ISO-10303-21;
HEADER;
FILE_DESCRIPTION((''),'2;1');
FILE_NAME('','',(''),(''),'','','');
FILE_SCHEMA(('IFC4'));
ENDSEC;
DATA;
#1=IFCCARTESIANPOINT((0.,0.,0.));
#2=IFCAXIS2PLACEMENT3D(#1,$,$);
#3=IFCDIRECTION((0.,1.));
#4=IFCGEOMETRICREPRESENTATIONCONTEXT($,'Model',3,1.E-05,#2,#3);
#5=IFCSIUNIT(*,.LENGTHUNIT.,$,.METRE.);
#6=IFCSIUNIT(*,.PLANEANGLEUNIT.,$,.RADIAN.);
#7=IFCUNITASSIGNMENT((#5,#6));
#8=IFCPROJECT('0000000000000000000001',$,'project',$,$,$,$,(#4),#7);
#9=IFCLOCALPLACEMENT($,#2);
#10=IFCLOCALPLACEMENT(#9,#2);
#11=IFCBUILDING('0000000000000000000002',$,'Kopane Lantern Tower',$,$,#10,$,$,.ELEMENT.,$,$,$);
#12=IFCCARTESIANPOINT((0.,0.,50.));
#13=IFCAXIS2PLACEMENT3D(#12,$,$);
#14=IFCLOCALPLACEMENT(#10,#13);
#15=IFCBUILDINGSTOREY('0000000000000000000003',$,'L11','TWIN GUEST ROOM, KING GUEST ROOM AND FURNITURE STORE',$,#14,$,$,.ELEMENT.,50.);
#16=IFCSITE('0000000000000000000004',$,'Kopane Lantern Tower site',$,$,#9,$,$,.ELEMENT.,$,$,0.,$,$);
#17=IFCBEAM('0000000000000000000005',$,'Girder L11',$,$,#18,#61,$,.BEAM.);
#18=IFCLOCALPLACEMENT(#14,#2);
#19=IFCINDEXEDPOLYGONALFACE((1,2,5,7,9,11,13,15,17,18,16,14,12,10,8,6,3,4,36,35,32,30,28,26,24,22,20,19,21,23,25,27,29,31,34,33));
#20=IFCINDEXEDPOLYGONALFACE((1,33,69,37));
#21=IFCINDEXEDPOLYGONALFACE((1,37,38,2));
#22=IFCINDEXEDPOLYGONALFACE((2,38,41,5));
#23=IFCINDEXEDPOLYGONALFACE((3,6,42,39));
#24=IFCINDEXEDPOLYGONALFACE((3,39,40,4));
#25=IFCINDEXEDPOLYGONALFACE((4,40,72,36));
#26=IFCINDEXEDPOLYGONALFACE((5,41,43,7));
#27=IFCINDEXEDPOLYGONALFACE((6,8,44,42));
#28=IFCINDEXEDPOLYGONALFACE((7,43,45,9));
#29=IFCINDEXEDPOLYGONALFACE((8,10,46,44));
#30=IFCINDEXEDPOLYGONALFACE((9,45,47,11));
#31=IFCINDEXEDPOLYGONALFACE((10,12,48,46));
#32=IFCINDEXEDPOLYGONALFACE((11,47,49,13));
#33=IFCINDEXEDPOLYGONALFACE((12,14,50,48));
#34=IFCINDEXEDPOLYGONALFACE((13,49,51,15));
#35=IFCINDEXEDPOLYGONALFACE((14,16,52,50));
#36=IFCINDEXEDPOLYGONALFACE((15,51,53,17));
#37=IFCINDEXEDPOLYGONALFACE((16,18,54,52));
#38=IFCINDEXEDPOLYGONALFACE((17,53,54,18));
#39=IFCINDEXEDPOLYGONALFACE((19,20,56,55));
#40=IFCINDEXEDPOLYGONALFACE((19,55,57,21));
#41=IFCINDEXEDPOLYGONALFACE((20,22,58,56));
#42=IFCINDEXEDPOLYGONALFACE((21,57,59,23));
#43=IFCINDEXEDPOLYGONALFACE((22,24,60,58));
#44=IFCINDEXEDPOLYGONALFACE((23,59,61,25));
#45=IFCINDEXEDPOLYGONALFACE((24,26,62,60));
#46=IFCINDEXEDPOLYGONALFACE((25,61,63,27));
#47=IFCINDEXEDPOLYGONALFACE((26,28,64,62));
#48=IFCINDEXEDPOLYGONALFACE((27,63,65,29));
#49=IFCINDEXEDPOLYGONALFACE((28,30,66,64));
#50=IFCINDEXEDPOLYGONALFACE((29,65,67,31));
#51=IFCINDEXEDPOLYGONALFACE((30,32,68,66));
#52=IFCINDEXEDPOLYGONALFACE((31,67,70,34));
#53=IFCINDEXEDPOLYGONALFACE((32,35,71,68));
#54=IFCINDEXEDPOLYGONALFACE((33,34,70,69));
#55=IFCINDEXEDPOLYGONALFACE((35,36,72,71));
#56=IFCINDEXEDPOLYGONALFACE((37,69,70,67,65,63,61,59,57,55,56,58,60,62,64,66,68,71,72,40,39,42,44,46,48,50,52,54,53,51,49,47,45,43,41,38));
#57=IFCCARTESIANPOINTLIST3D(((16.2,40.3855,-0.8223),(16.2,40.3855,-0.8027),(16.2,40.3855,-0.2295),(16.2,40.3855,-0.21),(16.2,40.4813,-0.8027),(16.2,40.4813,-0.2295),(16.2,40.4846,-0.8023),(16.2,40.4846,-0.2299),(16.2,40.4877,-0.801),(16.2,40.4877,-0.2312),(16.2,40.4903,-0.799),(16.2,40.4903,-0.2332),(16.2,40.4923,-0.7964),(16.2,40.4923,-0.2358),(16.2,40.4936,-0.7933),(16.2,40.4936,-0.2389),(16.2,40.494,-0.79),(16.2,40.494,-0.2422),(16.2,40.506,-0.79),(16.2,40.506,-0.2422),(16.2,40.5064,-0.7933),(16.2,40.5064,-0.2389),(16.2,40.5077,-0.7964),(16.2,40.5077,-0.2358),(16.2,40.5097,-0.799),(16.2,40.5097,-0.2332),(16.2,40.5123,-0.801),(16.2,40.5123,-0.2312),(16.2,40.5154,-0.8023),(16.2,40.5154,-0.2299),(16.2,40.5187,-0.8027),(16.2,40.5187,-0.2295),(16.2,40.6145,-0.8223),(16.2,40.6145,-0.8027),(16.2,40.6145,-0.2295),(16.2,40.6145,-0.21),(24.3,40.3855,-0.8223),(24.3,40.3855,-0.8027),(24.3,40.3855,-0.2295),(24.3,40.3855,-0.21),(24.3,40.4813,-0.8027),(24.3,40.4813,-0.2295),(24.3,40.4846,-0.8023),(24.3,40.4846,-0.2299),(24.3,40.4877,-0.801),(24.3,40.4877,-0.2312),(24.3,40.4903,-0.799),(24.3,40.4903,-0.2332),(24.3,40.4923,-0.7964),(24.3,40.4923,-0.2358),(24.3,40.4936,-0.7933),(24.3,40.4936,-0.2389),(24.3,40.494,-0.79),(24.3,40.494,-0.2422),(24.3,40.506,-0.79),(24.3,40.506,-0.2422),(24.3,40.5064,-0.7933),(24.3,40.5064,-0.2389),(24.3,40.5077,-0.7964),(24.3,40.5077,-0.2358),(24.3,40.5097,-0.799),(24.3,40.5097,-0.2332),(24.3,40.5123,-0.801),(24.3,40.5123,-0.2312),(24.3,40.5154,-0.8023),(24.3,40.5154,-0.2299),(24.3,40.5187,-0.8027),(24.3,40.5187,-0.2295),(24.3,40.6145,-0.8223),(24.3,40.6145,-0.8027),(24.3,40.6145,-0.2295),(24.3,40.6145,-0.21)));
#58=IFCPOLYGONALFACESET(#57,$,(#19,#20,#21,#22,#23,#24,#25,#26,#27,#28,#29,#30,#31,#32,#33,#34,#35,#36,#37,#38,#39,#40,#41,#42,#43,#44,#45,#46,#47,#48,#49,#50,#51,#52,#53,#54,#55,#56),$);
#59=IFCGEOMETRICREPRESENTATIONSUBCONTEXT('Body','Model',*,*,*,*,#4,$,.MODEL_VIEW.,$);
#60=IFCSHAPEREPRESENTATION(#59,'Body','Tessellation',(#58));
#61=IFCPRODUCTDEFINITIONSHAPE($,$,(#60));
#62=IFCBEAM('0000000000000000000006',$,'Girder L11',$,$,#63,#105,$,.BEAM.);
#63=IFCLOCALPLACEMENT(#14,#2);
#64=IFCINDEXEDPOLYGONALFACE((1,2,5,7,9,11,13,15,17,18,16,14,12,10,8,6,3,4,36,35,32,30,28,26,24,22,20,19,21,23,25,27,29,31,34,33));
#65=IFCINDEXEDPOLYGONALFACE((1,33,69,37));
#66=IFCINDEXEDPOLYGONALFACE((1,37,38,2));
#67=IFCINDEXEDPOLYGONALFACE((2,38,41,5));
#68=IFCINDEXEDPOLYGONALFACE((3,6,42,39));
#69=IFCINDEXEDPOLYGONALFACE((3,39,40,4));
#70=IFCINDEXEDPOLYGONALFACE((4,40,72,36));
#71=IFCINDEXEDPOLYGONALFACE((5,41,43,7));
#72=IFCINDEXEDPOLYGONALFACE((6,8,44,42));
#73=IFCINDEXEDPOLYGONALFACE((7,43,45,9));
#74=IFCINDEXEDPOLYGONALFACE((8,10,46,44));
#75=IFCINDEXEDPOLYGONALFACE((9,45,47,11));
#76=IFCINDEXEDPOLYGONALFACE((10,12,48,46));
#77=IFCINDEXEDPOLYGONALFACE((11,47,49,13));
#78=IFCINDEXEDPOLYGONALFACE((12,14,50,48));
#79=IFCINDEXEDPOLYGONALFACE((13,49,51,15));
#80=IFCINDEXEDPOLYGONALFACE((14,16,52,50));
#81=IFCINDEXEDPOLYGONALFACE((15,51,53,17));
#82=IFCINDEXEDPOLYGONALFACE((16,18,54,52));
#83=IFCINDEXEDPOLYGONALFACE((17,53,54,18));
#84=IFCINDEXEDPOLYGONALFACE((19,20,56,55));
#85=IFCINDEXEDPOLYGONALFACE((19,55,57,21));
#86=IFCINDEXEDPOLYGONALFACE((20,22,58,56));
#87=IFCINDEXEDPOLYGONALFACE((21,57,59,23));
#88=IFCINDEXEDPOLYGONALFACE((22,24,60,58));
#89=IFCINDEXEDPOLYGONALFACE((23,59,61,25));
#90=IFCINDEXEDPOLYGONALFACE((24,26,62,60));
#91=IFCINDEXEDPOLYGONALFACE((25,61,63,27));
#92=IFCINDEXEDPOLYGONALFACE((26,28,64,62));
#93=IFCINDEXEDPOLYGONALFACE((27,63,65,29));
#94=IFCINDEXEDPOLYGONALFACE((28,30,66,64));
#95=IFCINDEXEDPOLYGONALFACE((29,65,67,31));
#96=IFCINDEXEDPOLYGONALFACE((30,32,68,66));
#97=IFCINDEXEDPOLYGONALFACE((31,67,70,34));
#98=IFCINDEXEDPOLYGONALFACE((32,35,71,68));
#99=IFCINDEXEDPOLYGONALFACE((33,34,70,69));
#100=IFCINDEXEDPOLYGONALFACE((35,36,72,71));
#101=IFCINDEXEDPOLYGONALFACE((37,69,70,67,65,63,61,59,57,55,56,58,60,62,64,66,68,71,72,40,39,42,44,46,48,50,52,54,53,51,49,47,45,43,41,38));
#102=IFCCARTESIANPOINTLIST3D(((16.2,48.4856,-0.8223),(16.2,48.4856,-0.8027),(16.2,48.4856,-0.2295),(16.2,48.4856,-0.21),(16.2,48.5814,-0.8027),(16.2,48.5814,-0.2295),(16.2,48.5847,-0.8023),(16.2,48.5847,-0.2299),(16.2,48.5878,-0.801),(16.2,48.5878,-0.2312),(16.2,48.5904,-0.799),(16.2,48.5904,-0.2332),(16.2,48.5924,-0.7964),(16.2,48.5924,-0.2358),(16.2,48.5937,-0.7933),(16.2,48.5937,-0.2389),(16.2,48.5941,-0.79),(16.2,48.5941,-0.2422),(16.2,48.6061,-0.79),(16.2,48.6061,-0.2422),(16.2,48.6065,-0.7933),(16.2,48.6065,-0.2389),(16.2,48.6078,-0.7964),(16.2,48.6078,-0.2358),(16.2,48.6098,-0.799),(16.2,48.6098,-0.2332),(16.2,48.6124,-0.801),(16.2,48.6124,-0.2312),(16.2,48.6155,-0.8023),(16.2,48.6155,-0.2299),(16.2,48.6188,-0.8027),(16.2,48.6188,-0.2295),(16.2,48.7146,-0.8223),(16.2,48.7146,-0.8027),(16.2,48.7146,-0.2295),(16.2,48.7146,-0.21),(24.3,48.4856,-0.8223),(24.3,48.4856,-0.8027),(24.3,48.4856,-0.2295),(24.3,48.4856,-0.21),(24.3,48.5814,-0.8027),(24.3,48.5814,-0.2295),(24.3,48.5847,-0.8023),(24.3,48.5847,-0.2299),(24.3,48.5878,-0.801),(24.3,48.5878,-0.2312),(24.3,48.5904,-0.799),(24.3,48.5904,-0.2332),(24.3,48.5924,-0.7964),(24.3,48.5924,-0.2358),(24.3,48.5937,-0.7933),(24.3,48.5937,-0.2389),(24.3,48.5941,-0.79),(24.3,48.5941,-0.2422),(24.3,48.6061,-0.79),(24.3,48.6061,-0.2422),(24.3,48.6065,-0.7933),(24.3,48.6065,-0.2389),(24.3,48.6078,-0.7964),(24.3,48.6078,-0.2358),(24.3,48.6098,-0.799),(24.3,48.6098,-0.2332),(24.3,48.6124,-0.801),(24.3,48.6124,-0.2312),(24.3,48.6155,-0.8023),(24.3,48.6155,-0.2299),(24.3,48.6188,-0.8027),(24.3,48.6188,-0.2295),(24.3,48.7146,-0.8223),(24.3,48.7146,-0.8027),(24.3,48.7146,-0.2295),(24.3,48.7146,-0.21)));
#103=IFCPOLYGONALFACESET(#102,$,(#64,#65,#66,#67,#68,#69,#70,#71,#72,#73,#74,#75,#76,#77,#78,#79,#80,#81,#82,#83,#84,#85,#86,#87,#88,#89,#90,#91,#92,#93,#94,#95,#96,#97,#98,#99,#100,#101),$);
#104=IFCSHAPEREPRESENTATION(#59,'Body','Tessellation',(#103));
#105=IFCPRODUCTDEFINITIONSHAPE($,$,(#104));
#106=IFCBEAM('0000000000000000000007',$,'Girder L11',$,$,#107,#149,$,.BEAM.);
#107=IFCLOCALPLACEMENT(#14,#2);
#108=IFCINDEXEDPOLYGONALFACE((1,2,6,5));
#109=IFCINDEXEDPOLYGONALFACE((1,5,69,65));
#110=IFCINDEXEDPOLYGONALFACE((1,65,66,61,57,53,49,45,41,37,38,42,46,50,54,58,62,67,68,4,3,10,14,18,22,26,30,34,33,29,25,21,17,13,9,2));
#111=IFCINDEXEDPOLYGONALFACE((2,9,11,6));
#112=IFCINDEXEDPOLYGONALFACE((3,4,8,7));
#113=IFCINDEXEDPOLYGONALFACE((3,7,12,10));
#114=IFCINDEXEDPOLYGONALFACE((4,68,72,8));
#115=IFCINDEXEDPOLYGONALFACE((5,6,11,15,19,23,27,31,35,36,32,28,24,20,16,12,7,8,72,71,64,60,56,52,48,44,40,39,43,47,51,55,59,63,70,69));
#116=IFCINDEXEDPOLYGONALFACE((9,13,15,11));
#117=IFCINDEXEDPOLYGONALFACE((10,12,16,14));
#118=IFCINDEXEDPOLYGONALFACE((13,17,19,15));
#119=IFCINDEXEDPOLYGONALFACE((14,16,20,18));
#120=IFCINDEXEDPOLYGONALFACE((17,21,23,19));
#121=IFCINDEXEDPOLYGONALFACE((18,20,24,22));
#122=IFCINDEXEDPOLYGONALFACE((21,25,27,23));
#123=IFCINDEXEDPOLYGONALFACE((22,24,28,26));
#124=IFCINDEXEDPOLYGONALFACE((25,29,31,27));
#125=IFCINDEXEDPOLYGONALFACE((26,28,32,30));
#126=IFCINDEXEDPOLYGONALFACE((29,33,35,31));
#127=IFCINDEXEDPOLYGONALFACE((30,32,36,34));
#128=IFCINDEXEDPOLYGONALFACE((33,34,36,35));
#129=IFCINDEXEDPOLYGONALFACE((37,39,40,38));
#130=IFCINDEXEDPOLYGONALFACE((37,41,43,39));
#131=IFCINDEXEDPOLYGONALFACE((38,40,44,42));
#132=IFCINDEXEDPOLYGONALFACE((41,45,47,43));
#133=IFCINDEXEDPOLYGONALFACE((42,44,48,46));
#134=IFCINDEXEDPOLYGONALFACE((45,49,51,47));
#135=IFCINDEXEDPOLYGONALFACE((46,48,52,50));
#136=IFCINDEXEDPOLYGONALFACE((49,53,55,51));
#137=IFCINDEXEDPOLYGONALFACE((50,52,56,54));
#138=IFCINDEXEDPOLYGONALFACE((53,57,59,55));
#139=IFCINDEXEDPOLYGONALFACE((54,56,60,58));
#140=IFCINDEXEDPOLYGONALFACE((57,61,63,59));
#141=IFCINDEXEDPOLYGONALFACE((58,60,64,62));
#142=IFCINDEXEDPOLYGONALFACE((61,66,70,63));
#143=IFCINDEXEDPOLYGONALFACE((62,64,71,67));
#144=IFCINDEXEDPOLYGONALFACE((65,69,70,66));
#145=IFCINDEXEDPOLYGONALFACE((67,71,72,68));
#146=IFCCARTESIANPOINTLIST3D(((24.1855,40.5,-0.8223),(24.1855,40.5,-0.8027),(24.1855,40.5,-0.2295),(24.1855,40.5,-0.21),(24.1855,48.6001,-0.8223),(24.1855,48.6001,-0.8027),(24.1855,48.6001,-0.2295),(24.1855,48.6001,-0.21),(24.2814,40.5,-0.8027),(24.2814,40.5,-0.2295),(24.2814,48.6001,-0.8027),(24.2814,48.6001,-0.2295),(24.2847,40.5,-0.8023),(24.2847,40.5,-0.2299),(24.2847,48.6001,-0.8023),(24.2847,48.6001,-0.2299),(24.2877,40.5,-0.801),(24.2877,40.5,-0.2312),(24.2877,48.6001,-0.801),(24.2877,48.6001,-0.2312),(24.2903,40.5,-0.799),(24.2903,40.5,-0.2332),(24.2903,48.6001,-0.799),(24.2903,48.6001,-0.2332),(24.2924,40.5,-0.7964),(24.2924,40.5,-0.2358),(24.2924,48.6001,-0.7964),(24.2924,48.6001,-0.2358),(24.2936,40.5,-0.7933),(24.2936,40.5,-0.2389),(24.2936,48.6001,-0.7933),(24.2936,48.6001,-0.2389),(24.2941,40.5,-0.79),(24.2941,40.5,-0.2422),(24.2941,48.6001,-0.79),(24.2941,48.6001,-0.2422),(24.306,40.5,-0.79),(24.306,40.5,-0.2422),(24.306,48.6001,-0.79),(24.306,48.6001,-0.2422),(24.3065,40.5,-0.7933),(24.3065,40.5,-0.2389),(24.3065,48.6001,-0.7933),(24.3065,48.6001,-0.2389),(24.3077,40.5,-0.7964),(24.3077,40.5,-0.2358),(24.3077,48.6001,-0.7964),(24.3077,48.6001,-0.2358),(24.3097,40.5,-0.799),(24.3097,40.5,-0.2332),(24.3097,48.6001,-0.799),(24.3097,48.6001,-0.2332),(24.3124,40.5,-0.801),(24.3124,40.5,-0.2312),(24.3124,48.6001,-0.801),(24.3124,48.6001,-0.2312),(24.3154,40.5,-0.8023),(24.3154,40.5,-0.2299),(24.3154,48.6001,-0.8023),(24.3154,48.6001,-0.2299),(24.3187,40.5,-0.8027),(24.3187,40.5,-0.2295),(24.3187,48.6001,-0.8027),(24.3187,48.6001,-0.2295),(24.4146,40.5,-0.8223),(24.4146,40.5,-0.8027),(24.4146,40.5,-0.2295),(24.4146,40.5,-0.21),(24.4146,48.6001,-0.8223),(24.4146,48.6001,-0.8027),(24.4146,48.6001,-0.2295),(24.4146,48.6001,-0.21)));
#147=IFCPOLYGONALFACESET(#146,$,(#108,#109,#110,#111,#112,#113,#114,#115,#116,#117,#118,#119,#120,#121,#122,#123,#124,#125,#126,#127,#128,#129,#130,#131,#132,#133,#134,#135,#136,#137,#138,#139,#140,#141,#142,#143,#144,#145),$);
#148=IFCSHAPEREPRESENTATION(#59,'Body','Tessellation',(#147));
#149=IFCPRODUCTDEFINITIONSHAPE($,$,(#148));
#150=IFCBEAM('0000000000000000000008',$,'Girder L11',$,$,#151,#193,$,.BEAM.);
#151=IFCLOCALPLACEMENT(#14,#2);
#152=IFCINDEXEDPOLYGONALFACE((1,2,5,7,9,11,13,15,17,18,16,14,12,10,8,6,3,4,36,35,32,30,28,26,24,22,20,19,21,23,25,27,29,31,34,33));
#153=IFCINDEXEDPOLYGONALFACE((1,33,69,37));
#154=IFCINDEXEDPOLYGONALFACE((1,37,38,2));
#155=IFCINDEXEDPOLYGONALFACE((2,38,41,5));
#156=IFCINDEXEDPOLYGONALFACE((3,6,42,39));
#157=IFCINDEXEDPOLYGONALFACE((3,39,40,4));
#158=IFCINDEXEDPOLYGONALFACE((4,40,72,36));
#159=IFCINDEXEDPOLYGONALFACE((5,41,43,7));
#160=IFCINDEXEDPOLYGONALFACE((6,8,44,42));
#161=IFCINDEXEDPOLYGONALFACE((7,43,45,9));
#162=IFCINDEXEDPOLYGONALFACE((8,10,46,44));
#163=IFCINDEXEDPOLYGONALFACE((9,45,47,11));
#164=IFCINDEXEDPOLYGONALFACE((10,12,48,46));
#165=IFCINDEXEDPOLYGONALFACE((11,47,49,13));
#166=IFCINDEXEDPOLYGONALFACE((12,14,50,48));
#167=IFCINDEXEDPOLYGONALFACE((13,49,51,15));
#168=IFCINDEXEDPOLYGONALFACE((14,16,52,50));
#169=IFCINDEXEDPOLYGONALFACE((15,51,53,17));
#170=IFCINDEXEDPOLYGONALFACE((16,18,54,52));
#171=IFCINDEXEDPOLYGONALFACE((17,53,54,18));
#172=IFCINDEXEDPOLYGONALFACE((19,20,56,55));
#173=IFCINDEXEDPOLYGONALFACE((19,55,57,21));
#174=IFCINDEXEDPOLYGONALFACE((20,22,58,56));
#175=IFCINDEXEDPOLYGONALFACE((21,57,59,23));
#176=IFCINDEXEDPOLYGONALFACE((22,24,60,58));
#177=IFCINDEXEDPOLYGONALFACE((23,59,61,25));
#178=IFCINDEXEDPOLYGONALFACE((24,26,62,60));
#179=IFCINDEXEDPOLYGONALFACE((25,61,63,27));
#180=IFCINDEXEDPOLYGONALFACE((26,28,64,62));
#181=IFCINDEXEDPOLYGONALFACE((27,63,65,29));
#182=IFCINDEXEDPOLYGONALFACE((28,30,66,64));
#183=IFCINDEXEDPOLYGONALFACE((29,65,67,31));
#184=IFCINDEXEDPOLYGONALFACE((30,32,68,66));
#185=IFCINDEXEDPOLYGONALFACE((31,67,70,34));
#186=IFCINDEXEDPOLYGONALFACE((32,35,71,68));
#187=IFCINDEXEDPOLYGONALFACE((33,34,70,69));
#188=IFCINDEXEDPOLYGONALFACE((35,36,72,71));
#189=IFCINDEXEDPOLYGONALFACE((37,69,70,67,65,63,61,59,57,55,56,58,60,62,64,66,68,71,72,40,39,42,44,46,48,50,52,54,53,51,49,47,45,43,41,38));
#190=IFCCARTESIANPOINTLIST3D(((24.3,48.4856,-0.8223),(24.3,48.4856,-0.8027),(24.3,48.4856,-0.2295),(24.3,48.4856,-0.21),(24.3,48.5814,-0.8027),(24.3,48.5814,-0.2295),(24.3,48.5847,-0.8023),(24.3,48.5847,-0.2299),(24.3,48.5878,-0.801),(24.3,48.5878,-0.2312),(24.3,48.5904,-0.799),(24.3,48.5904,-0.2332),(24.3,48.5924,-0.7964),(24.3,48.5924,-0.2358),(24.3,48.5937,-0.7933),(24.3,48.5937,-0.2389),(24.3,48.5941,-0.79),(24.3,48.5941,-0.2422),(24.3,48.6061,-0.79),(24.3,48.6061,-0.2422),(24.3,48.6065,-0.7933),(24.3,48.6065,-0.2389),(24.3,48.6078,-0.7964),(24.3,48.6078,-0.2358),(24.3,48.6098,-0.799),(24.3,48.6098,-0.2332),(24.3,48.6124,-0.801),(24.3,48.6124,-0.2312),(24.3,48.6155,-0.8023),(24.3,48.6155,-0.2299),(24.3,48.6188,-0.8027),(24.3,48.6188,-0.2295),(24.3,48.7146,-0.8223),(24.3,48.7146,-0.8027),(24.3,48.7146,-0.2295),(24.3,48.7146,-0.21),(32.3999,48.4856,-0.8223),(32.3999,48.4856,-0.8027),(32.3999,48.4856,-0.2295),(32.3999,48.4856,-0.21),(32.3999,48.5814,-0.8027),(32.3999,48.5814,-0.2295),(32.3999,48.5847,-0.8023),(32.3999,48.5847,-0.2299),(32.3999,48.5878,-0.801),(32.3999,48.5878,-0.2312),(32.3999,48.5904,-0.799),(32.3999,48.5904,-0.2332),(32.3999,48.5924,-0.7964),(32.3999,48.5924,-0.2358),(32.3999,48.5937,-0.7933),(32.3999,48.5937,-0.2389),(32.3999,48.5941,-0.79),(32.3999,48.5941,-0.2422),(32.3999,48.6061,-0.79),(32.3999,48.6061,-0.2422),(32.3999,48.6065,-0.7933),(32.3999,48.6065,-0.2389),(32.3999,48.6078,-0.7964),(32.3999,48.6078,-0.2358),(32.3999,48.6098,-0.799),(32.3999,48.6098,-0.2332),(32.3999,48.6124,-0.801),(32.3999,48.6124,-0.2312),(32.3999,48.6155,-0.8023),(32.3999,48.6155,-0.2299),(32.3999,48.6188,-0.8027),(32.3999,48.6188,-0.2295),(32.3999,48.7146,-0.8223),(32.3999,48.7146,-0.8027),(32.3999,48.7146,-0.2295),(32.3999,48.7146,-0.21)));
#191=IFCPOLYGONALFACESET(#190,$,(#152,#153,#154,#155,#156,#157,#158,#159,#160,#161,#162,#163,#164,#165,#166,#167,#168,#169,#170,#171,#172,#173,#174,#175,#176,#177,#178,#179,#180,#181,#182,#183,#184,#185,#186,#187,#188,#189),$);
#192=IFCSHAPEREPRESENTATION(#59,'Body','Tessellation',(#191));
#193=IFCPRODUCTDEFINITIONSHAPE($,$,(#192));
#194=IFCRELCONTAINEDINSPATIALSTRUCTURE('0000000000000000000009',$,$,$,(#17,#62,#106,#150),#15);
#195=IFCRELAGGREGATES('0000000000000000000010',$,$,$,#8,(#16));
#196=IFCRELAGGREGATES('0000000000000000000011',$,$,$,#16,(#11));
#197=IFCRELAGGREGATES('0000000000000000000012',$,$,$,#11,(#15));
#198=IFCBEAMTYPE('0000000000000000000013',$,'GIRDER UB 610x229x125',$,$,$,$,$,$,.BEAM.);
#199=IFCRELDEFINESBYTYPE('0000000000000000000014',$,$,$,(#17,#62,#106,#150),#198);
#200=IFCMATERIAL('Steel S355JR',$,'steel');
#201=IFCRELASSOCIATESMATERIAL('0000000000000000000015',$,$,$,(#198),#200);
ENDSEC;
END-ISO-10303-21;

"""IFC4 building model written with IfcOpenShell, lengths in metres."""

from ifc_helpers import new_model, si_unit, direction, frame, origin, origin_2d, place, context, subcontext, project, spatial, i_section, extrude, material, material_profile, profile_set, type_object, element, save


model = new_model("IFC4")

# Units and contexts
model_context = context("Model", 3, precision=1e-05, world=origin(), true_north=direction((0.0, 1.0)))
body_context = subcontext(model_context, "Body", "Model", "MODEL_VIEW")
ifc_project = project(units=[si_unit("LENGTHUNIT", "METRE"), si_unit("PLANEANGLEUNIT", "RADIAN")], contexts=[model_context])

# Site, building, storey
site_placement = place(None, origin())
site = spatial("IfcSite", under=ifc_project, at=site_placement, Name="Kopane Lantern Tower site", CompositionType="ELEMENT", RefElevation=0.0)
building_placement = place(site_placement, origin())
building = spatial("IfcBuilding", under=site, at=building_placement, Name="Kopane Lantern Tower", CompositionType="ELEMENT")
storey_placement = place(building_placement, frame((0.0, 0.0, 50.0)))
storey = spatial("IfcBuildingStorey", under=building, at=storey_placement, Name="L11", Description="TWIN GUEST ROOM, KING GUEST ROOM AND FURNITURE STORE", CompositionType="ELEMENT", Elevation=50.0)

# Beams
ifc_material_1 = material(Name="Steel S355JR", Category="steel")
ifc_material_profile_1 = material_profile(ifc_material_1, i_section(OverallWidth=0.229, OverallDepth=0.6123, WebThickness=0.012, FlangeThickness=0.0195, FilletRadius=0.0127, at=origin_2d()), Name="UB 610x229x125")
ifc_profile_set_1 = profile_set([ifc_material_profile_1], Name="Steel S355JR")
beam_type_1 = type_object("IfcBeamType", Name="GIRDER UB 610x229x125", PredefinedType="BEAM", material=ifc_profile_set_1)
for number, where, z_axis, x_axis, name in (
    (1, (16.2, 40.5, -0.5161), (1.0, 0.0, 0.0), (0.0, 1.0, 0.0), "Girder L11"),
    (2, (16.2, 48.6001, -0.5161), (1.0, 0.0, 0.0), (0.0, 1.0, 0.0), "Girder L11"),
    (3, (24.3, 40.5, -0.5161), (0.0, 1.0, 0.0), (-1.0, 0.0, 0.0), "Girder L11"),
):
    element("IfcBeam", number, at=place(storey_placement, frame(where, z_axis=z_axis, x_axis=x_axis)), inside=storey, type_object=beam_type_1, Name=name, PredefinedType="BEAM", context=body_context, shape_type="SweptSolid", body=[
        extrude(i_section(OverallWidth=0.229, OverallDepth=0.6123, WebThickness=0.012, FlangeThickness=0.0195, FilletRadius=0.0127, at=origin_2d()), origin(), (0.0, 0.0, 1.0), 8.1001),
    ])
beam_1_placement = place(storey_placement, frame((24.3, 48.6001, -0.5161), z_axis=(1.0, 0.0, 0.0), x_axis=(0.0, 1.0, 0.0)))
element("IfcBeam", 4, at=beam_1_placement, inside=storey, type_object=beam_type_1, Name="Girder L11", PredefinedType="BEAM", context=body_context, shape_type="SweptSolid", body=[
    extrude(i_section(OverallWidth=0.229, OverallDepth=0.6123, WebThickness=0.012, FlangeThickness=0.0195, FilletRadius=0.0127, at=origin_2d()), origin(), (0.0, 0.0, 1.0), 8.0999),
])

save(model, "model.ifc")
